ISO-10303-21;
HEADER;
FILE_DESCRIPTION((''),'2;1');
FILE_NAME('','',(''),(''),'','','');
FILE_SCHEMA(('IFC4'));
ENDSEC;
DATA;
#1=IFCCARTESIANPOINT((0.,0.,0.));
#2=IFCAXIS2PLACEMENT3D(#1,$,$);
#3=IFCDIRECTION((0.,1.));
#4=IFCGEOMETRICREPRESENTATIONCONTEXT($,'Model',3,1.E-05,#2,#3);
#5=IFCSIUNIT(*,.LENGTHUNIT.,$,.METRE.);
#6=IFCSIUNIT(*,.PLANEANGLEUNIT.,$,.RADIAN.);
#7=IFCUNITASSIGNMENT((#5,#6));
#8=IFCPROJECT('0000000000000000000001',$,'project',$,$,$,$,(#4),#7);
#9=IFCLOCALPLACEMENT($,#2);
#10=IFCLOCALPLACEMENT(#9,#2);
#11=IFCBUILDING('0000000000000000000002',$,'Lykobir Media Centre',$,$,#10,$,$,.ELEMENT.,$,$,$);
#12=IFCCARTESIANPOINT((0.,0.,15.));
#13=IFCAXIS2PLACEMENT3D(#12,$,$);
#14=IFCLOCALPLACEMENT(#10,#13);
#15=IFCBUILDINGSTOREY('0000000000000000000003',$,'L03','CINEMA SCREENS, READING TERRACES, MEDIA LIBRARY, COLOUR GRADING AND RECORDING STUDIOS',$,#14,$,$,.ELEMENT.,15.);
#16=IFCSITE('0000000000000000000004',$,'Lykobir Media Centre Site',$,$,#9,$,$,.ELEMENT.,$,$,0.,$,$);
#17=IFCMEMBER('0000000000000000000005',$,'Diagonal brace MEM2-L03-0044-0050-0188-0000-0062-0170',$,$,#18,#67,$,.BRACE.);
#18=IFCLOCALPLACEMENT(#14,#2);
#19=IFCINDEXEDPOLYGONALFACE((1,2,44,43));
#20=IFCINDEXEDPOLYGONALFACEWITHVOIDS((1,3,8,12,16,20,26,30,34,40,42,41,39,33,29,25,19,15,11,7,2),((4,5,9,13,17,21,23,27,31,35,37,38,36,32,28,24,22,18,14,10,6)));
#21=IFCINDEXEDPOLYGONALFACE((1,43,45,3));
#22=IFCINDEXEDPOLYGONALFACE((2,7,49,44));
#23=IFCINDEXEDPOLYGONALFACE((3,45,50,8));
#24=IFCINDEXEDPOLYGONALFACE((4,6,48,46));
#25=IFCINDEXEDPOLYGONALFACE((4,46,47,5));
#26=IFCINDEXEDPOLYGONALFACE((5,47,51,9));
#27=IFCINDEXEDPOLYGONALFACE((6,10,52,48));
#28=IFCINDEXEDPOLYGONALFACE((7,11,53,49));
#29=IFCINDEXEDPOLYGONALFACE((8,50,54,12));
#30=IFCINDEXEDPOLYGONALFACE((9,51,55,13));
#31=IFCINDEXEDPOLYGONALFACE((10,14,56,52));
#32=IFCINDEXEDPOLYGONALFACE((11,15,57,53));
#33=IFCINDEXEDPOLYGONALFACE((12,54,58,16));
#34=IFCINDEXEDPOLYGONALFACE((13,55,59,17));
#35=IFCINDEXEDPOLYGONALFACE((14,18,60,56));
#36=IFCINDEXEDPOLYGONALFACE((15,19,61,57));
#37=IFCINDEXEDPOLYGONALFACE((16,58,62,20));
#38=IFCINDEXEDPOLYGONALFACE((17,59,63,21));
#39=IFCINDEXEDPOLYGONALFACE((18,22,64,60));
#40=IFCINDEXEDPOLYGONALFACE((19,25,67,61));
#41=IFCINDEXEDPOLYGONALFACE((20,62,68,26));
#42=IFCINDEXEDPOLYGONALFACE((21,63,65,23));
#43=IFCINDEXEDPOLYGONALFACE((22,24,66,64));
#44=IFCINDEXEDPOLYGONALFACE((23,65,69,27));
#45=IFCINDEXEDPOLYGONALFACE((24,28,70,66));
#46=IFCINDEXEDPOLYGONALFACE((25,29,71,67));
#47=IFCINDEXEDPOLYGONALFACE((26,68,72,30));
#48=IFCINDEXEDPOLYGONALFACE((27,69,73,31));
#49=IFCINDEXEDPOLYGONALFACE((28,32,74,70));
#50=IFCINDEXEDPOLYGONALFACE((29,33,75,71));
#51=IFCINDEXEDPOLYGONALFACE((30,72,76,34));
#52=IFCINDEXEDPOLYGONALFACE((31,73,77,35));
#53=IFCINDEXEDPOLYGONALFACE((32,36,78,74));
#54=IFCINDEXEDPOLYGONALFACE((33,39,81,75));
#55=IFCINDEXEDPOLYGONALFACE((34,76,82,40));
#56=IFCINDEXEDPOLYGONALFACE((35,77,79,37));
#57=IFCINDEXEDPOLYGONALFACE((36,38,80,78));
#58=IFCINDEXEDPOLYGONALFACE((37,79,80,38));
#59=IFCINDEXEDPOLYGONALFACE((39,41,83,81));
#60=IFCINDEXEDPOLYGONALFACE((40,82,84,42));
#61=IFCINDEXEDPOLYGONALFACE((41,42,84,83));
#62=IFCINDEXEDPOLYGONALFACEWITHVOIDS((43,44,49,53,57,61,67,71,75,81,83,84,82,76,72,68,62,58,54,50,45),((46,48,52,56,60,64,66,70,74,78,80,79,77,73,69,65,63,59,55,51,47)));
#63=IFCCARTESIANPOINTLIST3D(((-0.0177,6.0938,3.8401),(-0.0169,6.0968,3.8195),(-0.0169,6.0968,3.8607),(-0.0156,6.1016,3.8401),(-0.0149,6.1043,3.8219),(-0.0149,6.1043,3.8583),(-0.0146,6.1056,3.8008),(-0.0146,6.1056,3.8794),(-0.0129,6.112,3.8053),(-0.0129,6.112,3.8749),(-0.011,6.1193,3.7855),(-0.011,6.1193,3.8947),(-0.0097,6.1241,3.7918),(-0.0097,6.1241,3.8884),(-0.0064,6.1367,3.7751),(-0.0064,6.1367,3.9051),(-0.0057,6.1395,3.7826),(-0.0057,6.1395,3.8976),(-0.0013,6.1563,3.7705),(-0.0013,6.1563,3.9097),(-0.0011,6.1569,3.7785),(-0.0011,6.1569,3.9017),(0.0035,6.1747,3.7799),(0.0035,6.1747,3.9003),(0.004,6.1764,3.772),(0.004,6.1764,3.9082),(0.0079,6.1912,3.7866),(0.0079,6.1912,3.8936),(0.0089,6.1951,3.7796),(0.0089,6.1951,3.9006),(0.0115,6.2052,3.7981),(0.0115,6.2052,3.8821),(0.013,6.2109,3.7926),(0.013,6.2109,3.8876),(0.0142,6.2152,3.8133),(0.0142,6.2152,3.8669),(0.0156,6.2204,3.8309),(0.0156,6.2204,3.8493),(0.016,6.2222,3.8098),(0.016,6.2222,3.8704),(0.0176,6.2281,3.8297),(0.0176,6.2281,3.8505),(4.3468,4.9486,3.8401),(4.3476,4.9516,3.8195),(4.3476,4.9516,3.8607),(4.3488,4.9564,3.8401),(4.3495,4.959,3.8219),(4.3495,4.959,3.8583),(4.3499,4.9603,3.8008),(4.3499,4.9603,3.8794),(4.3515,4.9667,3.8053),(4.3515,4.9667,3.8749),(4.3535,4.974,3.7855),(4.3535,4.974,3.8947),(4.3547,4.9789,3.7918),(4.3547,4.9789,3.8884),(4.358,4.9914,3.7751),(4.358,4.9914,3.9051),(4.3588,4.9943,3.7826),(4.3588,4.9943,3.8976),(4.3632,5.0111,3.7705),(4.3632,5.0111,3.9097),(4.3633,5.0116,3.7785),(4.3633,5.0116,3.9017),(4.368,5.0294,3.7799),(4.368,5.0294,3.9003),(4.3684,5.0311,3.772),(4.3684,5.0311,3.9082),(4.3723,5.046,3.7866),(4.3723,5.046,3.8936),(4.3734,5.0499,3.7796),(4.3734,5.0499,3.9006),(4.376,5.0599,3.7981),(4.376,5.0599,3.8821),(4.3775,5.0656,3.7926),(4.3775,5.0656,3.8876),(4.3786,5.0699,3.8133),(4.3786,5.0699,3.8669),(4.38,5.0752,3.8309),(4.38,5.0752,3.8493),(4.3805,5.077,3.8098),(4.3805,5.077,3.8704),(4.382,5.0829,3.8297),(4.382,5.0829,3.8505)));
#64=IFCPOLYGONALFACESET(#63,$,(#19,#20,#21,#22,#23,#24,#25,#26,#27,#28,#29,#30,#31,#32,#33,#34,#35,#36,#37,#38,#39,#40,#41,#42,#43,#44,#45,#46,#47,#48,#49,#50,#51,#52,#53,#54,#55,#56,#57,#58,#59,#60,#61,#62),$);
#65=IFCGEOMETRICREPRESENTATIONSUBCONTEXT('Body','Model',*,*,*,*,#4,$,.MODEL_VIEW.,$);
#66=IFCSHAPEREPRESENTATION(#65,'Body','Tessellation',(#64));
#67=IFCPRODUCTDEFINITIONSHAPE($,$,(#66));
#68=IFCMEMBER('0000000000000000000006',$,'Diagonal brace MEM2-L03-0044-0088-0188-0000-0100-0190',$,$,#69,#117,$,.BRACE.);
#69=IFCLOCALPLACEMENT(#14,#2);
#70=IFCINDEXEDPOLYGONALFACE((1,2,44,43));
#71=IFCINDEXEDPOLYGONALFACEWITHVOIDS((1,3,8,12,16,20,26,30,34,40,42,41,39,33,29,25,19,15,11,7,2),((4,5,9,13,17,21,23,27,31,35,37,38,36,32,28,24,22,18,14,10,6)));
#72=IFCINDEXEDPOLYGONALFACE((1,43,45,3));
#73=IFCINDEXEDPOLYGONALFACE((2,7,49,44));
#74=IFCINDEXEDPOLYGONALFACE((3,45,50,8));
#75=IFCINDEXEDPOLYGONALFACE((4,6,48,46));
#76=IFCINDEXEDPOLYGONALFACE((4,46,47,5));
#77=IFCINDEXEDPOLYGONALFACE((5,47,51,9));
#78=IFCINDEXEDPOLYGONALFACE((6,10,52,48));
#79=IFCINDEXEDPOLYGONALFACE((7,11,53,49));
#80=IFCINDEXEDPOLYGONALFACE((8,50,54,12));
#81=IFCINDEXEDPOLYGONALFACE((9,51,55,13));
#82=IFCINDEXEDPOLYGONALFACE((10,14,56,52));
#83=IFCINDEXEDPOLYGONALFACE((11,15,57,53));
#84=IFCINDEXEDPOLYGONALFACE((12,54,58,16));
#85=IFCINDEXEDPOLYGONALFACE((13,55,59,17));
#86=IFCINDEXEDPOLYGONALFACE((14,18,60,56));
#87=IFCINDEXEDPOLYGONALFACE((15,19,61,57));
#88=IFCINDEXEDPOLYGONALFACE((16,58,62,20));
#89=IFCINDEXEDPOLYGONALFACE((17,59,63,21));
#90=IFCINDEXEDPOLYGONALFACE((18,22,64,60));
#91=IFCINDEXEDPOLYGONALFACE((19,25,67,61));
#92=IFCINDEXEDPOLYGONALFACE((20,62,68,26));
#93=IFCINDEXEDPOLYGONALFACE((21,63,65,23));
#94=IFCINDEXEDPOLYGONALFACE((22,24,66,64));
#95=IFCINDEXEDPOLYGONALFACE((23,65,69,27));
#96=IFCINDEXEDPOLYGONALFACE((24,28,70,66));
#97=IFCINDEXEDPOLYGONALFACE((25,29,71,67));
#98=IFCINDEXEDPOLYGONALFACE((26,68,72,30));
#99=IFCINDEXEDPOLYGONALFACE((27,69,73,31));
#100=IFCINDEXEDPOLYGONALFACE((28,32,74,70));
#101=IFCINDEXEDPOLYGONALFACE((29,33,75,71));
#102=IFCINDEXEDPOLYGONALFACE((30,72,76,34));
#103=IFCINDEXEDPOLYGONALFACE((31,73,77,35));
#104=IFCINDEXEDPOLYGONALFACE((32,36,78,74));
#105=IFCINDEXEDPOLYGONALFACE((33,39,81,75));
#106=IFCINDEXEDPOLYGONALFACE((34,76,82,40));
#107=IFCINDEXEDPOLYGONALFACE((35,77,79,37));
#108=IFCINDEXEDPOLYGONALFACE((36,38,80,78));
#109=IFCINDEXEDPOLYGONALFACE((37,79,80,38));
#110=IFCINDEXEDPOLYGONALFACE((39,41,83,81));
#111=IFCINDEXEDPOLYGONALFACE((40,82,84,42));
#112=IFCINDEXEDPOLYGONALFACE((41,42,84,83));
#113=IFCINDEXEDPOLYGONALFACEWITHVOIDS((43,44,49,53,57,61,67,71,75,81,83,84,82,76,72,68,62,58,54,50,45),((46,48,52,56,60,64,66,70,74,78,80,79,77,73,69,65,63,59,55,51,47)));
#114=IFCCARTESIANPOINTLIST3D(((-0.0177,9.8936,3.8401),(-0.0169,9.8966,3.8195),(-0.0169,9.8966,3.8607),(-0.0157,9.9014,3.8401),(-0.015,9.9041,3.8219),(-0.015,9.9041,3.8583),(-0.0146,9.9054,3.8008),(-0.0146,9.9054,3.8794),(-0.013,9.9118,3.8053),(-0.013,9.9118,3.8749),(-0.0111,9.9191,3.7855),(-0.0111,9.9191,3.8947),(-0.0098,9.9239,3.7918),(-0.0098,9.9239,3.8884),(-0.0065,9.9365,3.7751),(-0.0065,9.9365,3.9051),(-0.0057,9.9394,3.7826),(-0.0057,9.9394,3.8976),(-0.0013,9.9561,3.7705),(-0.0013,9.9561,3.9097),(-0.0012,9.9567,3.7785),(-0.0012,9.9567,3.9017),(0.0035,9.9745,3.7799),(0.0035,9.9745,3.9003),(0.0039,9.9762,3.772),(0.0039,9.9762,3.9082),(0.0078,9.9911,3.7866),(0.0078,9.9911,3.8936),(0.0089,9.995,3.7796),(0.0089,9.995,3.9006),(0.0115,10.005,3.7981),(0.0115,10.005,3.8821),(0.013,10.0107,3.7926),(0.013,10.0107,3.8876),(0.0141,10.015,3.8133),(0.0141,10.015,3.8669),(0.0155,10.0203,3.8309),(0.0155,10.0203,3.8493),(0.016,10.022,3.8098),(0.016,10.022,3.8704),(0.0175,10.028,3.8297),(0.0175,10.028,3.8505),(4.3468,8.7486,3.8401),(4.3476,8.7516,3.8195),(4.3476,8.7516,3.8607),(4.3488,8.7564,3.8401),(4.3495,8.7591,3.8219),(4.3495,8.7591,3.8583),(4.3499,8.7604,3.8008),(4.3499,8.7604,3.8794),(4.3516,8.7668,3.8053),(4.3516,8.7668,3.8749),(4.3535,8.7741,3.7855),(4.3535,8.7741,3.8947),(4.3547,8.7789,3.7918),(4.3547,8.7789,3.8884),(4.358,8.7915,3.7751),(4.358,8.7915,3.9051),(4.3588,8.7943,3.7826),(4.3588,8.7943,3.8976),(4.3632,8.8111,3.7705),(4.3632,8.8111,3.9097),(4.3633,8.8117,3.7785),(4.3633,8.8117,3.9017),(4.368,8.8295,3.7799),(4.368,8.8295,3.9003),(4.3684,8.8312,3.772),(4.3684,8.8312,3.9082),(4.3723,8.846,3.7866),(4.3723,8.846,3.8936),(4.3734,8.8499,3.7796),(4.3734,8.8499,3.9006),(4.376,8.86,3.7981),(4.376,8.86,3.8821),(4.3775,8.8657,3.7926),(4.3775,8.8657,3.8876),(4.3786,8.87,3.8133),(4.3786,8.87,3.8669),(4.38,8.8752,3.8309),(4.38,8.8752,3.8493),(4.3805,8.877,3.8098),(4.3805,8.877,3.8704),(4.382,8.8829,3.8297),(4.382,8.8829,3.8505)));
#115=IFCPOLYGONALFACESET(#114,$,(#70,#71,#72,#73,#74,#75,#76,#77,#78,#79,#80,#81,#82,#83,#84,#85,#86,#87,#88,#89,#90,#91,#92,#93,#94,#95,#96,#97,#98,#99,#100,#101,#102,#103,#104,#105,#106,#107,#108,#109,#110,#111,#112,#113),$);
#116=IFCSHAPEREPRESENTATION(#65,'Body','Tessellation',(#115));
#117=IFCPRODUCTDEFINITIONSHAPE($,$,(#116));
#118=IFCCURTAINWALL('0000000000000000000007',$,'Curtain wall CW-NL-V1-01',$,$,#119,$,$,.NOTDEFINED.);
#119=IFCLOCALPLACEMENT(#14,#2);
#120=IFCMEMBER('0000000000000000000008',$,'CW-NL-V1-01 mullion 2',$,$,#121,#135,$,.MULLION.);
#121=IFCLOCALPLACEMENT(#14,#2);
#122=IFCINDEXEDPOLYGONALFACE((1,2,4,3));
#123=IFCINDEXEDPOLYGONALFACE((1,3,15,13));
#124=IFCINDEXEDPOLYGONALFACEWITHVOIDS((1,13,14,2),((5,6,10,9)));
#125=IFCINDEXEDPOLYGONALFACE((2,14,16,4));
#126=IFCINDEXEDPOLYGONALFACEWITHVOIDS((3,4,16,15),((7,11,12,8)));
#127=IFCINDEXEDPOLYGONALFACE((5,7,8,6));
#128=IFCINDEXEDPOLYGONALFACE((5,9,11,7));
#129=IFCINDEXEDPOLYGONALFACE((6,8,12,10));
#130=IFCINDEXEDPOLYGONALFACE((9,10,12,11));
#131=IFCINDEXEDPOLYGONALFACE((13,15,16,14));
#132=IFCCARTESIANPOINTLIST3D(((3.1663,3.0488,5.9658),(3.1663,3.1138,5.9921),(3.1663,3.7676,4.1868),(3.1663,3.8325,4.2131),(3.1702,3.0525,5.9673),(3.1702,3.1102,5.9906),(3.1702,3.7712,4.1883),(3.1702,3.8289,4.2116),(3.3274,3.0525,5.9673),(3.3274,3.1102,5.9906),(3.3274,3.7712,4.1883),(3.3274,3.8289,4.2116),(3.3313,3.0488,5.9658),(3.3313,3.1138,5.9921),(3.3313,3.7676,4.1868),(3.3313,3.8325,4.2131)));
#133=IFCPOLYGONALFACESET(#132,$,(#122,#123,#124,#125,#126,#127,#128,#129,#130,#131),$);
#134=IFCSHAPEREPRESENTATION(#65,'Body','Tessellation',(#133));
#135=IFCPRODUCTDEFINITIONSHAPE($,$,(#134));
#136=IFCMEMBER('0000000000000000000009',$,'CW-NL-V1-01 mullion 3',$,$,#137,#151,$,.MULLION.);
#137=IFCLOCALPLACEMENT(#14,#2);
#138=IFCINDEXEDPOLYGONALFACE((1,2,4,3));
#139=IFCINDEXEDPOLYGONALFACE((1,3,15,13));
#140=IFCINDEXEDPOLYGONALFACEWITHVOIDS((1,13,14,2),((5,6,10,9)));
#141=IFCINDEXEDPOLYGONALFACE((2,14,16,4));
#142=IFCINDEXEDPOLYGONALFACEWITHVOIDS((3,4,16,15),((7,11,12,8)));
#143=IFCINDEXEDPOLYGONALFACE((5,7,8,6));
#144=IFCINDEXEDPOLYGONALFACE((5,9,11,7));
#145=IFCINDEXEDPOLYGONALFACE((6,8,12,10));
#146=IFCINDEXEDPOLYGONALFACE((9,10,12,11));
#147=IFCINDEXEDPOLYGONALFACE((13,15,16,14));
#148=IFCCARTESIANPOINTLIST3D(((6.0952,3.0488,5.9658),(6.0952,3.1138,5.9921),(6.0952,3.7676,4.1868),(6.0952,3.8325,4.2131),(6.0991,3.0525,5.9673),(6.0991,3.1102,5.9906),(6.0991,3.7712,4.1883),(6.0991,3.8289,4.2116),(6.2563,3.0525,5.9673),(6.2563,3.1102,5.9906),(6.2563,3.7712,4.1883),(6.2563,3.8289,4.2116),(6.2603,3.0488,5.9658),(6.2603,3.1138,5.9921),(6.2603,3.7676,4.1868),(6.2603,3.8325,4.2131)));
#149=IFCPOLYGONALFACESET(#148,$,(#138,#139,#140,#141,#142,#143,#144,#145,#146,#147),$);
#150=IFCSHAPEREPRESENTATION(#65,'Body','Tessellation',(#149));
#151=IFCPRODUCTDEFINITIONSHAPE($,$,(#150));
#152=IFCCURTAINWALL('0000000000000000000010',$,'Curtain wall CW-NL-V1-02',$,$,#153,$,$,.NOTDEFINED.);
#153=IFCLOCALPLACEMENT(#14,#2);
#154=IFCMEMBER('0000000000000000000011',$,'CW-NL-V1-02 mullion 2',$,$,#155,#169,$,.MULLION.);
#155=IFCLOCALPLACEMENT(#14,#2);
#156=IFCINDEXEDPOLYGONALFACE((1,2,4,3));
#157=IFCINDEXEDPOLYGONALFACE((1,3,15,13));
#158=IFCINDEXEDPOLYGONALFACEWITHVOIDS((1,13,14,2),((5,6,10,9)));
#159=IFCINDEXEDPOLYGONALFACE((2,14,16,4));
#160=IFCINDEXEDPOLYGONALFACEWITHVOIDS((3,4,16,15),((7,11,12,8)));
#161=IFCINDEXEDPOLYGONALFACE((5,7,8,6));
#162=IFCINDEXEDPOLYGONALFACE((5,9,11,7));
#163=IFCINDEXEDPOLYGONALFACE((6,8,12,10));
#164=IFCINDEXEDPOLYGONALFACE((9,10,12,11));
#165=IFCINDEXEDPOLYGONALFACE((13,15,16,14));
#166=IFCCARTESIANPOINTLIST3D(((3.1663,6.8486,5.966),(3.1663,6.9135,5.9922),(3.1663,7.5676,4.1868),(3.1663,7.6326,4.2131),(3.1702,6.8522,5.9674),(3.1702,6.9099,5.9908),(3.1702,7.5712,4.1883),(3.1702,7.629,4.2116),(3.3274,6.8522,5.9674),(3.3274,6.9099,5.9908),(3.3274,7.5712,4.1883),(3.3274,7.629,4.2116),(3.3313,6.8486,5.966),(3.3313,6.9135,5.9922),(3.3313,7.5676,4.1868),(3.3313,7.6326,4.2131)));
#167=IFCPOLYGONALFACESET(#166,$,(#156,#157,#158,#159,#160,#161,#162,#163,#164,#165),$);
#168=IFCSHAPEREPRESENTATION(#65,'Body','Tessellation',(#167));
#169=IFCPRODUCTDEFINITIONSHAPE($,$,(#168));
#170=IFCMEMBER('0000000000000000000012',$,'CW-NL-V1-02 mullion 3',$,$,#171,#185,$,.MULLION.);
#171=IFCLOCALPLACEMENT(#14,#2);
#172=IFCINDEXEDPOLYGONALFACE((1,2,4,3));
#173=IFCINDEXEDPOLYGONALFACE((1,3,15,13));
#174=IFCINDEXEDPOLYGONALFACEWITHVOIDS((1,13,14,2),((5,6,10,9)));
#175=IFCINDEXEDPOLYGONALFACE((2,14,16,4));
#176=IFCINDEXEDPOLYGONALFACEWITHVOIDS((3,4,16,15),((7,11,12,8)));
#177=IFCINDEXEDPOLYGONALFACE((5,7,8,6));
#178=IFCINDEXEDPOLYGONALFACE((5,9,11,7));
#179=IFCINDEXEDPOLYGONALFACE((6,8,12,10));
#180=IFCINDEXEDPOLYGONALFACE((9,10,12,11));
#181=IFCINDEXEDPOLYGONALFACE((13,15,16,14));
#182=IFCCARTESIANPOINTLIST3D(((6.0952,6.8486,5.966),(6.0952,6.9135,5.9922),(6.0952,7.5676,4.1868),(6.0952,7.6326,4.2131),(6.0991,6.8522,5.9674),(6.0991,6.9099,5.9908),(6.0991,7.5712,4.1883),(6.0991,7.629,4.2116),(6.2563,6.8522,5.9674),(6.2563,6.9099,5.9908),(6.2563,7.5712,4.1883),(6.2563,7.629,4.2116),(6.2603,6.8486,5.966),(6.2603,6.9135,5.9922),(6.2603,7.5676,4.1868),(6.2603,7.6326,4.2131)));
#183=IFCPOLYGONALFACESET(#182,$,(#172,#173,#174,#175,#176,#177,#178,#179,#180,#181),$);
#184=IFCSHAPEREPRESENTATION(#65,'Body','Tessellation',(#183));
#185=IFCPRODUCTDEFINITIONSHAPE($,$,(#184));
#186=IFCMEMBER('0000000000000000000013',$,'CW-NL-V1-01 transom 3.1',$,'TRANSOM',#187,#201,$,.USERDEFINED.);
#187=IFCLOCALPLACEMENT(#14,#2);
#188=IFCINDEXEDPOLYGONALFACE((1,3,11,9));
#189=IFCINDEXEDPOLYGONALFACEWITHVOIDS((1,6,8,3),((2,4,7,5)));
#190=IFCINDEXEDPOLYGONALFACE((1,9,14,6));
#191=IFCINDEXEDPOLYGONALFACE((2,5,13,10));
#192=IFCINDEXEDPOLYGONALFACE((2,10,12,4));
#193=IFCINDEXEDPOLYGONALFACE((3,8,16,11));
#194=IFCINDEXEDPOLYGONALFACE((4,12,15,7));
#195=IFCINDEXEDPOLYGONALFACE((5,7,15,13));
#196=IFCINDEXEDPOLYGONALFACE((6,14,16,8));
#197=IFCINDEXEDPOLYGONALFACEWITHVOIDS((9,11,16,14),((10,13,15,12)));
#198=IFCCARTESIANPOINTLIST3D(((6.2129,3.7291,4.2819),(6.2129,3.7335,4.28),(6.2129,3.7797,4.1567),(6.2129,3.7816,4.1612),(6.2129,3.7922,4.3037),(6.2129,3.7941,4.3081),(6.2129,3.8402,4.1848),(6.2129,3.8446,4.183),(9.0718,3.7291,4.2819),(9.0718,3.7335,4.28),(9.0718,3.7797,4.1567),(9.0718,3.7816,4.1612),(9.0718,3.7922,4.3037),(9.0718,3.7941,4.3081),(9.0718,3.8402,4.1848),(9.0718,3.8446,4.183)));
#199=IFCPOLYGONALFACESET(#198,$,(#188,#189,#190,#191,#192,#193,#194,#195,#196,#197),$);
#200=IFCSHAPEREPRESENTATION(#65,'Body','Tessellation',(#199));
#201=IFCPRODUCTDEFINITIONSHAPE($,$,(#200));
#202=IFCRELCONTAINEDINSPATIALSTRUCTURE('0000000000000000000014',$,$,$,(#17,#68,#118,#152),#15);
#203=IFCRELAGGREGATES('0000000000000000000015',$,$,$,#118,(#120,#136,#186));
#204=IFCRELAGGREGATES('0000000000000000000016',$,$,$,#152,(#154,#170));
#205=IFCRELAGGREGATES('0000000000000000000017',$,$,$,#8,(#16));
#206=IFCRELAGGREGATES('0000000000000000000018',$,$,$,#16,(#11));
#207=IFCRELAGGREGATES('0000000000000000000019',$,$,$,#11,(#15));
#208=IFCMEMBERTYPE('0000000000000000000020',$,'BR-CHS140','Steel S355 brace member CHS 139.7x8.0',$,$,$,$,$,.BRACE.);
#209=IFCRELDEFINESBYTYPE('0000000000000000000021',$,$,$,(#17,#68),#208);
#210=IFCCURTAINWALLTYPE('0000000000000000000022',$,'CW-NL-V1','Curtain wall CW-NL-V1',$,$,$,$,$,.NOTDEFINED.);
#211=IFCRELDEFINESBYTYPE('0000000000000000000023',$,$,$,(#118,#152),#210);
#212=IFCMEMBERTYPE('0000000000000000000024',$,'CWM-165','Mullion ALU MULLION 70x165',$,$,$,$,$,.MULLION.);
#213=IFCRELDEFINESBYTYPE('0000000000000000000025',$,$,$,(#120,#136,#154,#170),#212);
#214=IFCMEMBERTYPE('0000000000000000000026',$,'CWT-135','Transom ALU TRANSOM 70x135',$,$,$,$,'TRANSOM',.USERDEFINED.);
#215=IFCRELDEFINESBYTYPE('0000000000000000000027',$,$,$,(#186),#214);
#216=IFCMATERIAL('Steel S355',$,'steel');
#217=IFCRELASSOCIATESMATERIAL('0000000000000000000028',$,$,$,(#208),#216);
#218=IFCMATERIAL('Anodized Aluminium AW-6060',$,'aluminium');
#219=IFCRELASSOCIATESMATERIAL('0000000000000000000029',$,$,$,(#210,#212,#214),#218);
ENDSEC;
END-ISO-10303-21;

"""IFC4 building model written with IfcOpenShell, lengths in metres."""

from ifc_helpers import new_model, si_unit, direction, frame, origin, origin_2d, place, context, subcontext, project, spatial, hollow_rectangle, hollow_circle, extrude, material, material_profile, profile_set, type_object, element, aggregate, save


model = new_model("IFC4")

# Units and contexts
model_context = context("Model", 3, precision=1e-05, world=origin(), true_north=direction((0.0, 1.0)))
body_context = subcontext(model_context, "Body", "Model", "MODEL_VIEW")
ifc_project = project(units=[si_unit("LENGTHUNIT", "METRE"), si_unit("PLANEANGLEUNIT", "RADIAN")], contexts=[model_context])

# Site, building, storey
site_placement = place(None, origin())
site = spatial("IfcSite", under=ifc_project, at=site_placement, Name="Lykobir Media Centre Site", CompositionType="ELEMENT", RefElevation=0.0)
building_placement = place(site_placement, origin())
building = spatial("IfcBuilding", under=site, at=building_placement, Name="Lykobir Media Centre", CompositionType="ELEMENT")
storey_placement = place(building_placement, frame((0.0, 0.0, 15.0)))
storey = spatial("IfcBuildingStorey", under=building, at=storey_placement, Name="L03", Description="CINEMA SCREENS, READING TERRACES, MEDIA LIBRARY, COLOUR GRADING AND RECORDING STUDIOS", CompositionType="ELEMENT", Elevation=15.0)

# Members
ifc_material_1 = material(Name="Steel S355", Category="steel")
ifc_material_profile_1 = material_profile(ifc_material_1, hollow_circle(Radius=0.0698, WallThickness=0.0081, at=origin_2d()), Name="CHS 139.7x8.0")
ifc_profile_set_1 = profile_set([ifc_material_profile_1], Name="Steel S355")
member_type_1 = type_object("IfcMemberType", Name="BR-CHS140", Description="Steel S355 brace member CHS 139.7x8.0", PredefinedType="BRACE", material=ifc_profile_set_1)
for number, where, z_axis, x_axis, name in (
    (1, (4.3645, 5.0161, 3.8401), (-0.967254, 0.253811, 0.0), (-0.253811, -0.967254, 0.0), "Diagonal brace MEM2-L03-0044-0050-0188-0000-0062-0170"),
    (2, (4.3645, 8.8162, 3.8401), (-0.967267, 0.253761, 0.0), (-0.253761, -0.967267, 0.0), "Diagonal brace MEM2-L03-0044-0088-0188-0000-0100-0190"),
):
    element("IfcMember", number, at=place(storey_placement, frame(where, z_axis=z_axis, x_axis=x_axis)), inside=storey, type_object=member_type_1, Name=name, PredefinedType="BRACE", context=body_context, shape_type="SweptSolid", body=[
        extrude(hollow_circle(Radius=0.0698, WallThickness=0.0081, at=origin_2d()), origin(), (0.0, 0.0, 1.0), 4.5122),
    ])

# Curtain walls, members
ifc_material_2 = material(Name="Anodized Aluminium AW-6060", Category="aluminium")
curtain_wall_type = type_object("IfcCurtainWallType", Name="CW-NL-V1", Description="Curtain wall CW-NL-V1", PredefinedType="NOTDEFINED", material=ifc_material_2)
curtain_wall_1_placement = place(storey_placement, origin())
curtain_wall_1 = element("IfcCurtainWall", 3, at=curtain_wall_1_placement, inside=storey, type_object=curtain_wall_type, Name="Curtain wall CW-NL-V1-01", PredefinedType="NOTDEFINED")
ifc_material_profile_2 = material_profile(ifc_material_2, hollow_rectangle(XDim=0.0701, YDim=0.165, WallThickness=0.0039, at=origin_2d()), Name="ALU MULLION 70x165")
ifc_profile_set_2 = profile_set([ifc_material_profile_2], Name="Anodized Aluminium AW-6060")
member_type_2 = type_object("IfcMemberType", Name="CWM-165", Description="Mullion ALU MULLION 70x165", PredefinedType="MULLION", material=ifc_profile_set_2)
member_1_placement = place(storey_placement, frame((3.2488, 3.8, 4.2), z_axis=(0.0, -0.374591, 0.92719), x_axis=(0.0, 0.92719, 0.374591)))
member_1 = element("IfcMember", 4, at=member_1_placement, type_object=member_type_2, Name="CW-NL-V1-01 mullion 2", PredefinedType="MULLION", context=body_context, shape_type="SweptSolid", body=[
    extrude(hollow_rectangle(XDim=0.0701, YDim=0.165, WallThickness=0.0039, at=origin_2d()), origin(), (0.0, 0.0, 1.0), 1.9187),
])
member_2_placement = place(storey_placement, frame((6.1777, 3.8, 4.2), z_axis=(0.0, -0.374591, 0.92719), x_axis=(0.0, 0.92719, 0.374591)))
member_2 = element("IfcMember", 5, at=member_2_placement, type_object=member_type_2, Name="CW-NL-V1-01 mullion 3", PredefinedType="MULLION", context=body_context, shape_type="SweptSolid", body=[
    extrude(hollow_rectangle(XDim=0.0701, YDim=0.165, WallThickness=0.0039, at=origin_2d()), origin(), (0.0, 0.0, 1.0), 1.9187),
])
curtain_wall_2_placement = place(storey_placement, origin())
curtain_wall_2 = element("IfcCurtainWall", 6, at=curtain_wall_2_placement, inside=storey, type_object=curtain_wall_type, Name="Curtain wall CW-NL-V1-02", PredefinedType="NOTDEFINED")
member_3_placement = place(storey_placement, frame((3.2488, 7.6001, 4.2), z_axis=(0.0, -0.374701, 0.927146), x_axis=(0.0, 0.927146, 0.374701)))
member_3 = element("IfcMember", 7, at=member_3_placement, type_object=member_type_2, Name="CW-NL-V1-02 mullion 2", PredefinedType="MULLION", context=body_context, shape_type="SweptSolid", body=[
    extrude(hollow_rectangle(XDim=0.0701, YDim=0.165, WallThickness=0.0039, at=origin_2d()), origin(), (0.0, 0.0, 1.0), 1.9189),
])
member_4_placement = place(storey_placement, frame((6.1777, 7.6001, 4.2), z_axis=(0.0, -0.374701, 0.927146), x_axis=(0.0, 0.927146, 0.374701)))
member_4 = element("IfcMember", 8, at=member_4_placement, type_object=member_type_2, Name="CW-NL-V1-02 mullion 3", PredefinedType="MULLION", context=body_context, shape_type="SweptSolid", body=[
    extrude(hollow_rectangle(XDim=0.0701, YDim=0.165, WallThickness=0.0039, at=origin_2d()), origin(), (0.0, 0.0, 1.0), 1.9189),
])

# Member
ifc_material_profile_3 = material_profile(ifc_material_2, hollow_rectangle(XDim=0.0701, YDim=0.135, WallThickness=0.0034, at=origin_2d()), Name="ALU TRANSOM 70x135")
ifc_profile_set_3 = profile_set([ifc_material_profile_3], Name="Anodized Aluminium AW-6060")
member_type_3 = type_object("IfcMemberType", Name="CWT-135", Description="Transom ALU TRANSOM 70x135", ElementType="TRANSOM", PredefinedType="USERDEFINED", material=ifc_profile_set_3)
member_5_placement = place(storey_placement, frame((6.2129, 3.7869, 4.2324), z_axis=(1.0, 0.0, 0.0), x_axis=(0.0, 0.927184, 0.374607)))
member_5 = element("IfcMember", 9, at=member_5_placement, type_object=member_type_3, Name="CW-NL-V1-01 transom 3.1", ObjectType="TRANSOM", PredefinedType="USERDEFINED", context=body_context, shape_type="SweptSolid", body=[
    extrude(hollow_rectangle(XDim=0.0701, YDim=0.135, WallThickness=0.0034, at=origin_2d()), origin(), (0.0, 0.0, 1.0), 2.8589),
])
aggregate(curtain_wall_1, [member_1, member_2, member_5])

aggregate(curtain_wall_2, [member_3, member_4])

save(model, "model.ifc")
